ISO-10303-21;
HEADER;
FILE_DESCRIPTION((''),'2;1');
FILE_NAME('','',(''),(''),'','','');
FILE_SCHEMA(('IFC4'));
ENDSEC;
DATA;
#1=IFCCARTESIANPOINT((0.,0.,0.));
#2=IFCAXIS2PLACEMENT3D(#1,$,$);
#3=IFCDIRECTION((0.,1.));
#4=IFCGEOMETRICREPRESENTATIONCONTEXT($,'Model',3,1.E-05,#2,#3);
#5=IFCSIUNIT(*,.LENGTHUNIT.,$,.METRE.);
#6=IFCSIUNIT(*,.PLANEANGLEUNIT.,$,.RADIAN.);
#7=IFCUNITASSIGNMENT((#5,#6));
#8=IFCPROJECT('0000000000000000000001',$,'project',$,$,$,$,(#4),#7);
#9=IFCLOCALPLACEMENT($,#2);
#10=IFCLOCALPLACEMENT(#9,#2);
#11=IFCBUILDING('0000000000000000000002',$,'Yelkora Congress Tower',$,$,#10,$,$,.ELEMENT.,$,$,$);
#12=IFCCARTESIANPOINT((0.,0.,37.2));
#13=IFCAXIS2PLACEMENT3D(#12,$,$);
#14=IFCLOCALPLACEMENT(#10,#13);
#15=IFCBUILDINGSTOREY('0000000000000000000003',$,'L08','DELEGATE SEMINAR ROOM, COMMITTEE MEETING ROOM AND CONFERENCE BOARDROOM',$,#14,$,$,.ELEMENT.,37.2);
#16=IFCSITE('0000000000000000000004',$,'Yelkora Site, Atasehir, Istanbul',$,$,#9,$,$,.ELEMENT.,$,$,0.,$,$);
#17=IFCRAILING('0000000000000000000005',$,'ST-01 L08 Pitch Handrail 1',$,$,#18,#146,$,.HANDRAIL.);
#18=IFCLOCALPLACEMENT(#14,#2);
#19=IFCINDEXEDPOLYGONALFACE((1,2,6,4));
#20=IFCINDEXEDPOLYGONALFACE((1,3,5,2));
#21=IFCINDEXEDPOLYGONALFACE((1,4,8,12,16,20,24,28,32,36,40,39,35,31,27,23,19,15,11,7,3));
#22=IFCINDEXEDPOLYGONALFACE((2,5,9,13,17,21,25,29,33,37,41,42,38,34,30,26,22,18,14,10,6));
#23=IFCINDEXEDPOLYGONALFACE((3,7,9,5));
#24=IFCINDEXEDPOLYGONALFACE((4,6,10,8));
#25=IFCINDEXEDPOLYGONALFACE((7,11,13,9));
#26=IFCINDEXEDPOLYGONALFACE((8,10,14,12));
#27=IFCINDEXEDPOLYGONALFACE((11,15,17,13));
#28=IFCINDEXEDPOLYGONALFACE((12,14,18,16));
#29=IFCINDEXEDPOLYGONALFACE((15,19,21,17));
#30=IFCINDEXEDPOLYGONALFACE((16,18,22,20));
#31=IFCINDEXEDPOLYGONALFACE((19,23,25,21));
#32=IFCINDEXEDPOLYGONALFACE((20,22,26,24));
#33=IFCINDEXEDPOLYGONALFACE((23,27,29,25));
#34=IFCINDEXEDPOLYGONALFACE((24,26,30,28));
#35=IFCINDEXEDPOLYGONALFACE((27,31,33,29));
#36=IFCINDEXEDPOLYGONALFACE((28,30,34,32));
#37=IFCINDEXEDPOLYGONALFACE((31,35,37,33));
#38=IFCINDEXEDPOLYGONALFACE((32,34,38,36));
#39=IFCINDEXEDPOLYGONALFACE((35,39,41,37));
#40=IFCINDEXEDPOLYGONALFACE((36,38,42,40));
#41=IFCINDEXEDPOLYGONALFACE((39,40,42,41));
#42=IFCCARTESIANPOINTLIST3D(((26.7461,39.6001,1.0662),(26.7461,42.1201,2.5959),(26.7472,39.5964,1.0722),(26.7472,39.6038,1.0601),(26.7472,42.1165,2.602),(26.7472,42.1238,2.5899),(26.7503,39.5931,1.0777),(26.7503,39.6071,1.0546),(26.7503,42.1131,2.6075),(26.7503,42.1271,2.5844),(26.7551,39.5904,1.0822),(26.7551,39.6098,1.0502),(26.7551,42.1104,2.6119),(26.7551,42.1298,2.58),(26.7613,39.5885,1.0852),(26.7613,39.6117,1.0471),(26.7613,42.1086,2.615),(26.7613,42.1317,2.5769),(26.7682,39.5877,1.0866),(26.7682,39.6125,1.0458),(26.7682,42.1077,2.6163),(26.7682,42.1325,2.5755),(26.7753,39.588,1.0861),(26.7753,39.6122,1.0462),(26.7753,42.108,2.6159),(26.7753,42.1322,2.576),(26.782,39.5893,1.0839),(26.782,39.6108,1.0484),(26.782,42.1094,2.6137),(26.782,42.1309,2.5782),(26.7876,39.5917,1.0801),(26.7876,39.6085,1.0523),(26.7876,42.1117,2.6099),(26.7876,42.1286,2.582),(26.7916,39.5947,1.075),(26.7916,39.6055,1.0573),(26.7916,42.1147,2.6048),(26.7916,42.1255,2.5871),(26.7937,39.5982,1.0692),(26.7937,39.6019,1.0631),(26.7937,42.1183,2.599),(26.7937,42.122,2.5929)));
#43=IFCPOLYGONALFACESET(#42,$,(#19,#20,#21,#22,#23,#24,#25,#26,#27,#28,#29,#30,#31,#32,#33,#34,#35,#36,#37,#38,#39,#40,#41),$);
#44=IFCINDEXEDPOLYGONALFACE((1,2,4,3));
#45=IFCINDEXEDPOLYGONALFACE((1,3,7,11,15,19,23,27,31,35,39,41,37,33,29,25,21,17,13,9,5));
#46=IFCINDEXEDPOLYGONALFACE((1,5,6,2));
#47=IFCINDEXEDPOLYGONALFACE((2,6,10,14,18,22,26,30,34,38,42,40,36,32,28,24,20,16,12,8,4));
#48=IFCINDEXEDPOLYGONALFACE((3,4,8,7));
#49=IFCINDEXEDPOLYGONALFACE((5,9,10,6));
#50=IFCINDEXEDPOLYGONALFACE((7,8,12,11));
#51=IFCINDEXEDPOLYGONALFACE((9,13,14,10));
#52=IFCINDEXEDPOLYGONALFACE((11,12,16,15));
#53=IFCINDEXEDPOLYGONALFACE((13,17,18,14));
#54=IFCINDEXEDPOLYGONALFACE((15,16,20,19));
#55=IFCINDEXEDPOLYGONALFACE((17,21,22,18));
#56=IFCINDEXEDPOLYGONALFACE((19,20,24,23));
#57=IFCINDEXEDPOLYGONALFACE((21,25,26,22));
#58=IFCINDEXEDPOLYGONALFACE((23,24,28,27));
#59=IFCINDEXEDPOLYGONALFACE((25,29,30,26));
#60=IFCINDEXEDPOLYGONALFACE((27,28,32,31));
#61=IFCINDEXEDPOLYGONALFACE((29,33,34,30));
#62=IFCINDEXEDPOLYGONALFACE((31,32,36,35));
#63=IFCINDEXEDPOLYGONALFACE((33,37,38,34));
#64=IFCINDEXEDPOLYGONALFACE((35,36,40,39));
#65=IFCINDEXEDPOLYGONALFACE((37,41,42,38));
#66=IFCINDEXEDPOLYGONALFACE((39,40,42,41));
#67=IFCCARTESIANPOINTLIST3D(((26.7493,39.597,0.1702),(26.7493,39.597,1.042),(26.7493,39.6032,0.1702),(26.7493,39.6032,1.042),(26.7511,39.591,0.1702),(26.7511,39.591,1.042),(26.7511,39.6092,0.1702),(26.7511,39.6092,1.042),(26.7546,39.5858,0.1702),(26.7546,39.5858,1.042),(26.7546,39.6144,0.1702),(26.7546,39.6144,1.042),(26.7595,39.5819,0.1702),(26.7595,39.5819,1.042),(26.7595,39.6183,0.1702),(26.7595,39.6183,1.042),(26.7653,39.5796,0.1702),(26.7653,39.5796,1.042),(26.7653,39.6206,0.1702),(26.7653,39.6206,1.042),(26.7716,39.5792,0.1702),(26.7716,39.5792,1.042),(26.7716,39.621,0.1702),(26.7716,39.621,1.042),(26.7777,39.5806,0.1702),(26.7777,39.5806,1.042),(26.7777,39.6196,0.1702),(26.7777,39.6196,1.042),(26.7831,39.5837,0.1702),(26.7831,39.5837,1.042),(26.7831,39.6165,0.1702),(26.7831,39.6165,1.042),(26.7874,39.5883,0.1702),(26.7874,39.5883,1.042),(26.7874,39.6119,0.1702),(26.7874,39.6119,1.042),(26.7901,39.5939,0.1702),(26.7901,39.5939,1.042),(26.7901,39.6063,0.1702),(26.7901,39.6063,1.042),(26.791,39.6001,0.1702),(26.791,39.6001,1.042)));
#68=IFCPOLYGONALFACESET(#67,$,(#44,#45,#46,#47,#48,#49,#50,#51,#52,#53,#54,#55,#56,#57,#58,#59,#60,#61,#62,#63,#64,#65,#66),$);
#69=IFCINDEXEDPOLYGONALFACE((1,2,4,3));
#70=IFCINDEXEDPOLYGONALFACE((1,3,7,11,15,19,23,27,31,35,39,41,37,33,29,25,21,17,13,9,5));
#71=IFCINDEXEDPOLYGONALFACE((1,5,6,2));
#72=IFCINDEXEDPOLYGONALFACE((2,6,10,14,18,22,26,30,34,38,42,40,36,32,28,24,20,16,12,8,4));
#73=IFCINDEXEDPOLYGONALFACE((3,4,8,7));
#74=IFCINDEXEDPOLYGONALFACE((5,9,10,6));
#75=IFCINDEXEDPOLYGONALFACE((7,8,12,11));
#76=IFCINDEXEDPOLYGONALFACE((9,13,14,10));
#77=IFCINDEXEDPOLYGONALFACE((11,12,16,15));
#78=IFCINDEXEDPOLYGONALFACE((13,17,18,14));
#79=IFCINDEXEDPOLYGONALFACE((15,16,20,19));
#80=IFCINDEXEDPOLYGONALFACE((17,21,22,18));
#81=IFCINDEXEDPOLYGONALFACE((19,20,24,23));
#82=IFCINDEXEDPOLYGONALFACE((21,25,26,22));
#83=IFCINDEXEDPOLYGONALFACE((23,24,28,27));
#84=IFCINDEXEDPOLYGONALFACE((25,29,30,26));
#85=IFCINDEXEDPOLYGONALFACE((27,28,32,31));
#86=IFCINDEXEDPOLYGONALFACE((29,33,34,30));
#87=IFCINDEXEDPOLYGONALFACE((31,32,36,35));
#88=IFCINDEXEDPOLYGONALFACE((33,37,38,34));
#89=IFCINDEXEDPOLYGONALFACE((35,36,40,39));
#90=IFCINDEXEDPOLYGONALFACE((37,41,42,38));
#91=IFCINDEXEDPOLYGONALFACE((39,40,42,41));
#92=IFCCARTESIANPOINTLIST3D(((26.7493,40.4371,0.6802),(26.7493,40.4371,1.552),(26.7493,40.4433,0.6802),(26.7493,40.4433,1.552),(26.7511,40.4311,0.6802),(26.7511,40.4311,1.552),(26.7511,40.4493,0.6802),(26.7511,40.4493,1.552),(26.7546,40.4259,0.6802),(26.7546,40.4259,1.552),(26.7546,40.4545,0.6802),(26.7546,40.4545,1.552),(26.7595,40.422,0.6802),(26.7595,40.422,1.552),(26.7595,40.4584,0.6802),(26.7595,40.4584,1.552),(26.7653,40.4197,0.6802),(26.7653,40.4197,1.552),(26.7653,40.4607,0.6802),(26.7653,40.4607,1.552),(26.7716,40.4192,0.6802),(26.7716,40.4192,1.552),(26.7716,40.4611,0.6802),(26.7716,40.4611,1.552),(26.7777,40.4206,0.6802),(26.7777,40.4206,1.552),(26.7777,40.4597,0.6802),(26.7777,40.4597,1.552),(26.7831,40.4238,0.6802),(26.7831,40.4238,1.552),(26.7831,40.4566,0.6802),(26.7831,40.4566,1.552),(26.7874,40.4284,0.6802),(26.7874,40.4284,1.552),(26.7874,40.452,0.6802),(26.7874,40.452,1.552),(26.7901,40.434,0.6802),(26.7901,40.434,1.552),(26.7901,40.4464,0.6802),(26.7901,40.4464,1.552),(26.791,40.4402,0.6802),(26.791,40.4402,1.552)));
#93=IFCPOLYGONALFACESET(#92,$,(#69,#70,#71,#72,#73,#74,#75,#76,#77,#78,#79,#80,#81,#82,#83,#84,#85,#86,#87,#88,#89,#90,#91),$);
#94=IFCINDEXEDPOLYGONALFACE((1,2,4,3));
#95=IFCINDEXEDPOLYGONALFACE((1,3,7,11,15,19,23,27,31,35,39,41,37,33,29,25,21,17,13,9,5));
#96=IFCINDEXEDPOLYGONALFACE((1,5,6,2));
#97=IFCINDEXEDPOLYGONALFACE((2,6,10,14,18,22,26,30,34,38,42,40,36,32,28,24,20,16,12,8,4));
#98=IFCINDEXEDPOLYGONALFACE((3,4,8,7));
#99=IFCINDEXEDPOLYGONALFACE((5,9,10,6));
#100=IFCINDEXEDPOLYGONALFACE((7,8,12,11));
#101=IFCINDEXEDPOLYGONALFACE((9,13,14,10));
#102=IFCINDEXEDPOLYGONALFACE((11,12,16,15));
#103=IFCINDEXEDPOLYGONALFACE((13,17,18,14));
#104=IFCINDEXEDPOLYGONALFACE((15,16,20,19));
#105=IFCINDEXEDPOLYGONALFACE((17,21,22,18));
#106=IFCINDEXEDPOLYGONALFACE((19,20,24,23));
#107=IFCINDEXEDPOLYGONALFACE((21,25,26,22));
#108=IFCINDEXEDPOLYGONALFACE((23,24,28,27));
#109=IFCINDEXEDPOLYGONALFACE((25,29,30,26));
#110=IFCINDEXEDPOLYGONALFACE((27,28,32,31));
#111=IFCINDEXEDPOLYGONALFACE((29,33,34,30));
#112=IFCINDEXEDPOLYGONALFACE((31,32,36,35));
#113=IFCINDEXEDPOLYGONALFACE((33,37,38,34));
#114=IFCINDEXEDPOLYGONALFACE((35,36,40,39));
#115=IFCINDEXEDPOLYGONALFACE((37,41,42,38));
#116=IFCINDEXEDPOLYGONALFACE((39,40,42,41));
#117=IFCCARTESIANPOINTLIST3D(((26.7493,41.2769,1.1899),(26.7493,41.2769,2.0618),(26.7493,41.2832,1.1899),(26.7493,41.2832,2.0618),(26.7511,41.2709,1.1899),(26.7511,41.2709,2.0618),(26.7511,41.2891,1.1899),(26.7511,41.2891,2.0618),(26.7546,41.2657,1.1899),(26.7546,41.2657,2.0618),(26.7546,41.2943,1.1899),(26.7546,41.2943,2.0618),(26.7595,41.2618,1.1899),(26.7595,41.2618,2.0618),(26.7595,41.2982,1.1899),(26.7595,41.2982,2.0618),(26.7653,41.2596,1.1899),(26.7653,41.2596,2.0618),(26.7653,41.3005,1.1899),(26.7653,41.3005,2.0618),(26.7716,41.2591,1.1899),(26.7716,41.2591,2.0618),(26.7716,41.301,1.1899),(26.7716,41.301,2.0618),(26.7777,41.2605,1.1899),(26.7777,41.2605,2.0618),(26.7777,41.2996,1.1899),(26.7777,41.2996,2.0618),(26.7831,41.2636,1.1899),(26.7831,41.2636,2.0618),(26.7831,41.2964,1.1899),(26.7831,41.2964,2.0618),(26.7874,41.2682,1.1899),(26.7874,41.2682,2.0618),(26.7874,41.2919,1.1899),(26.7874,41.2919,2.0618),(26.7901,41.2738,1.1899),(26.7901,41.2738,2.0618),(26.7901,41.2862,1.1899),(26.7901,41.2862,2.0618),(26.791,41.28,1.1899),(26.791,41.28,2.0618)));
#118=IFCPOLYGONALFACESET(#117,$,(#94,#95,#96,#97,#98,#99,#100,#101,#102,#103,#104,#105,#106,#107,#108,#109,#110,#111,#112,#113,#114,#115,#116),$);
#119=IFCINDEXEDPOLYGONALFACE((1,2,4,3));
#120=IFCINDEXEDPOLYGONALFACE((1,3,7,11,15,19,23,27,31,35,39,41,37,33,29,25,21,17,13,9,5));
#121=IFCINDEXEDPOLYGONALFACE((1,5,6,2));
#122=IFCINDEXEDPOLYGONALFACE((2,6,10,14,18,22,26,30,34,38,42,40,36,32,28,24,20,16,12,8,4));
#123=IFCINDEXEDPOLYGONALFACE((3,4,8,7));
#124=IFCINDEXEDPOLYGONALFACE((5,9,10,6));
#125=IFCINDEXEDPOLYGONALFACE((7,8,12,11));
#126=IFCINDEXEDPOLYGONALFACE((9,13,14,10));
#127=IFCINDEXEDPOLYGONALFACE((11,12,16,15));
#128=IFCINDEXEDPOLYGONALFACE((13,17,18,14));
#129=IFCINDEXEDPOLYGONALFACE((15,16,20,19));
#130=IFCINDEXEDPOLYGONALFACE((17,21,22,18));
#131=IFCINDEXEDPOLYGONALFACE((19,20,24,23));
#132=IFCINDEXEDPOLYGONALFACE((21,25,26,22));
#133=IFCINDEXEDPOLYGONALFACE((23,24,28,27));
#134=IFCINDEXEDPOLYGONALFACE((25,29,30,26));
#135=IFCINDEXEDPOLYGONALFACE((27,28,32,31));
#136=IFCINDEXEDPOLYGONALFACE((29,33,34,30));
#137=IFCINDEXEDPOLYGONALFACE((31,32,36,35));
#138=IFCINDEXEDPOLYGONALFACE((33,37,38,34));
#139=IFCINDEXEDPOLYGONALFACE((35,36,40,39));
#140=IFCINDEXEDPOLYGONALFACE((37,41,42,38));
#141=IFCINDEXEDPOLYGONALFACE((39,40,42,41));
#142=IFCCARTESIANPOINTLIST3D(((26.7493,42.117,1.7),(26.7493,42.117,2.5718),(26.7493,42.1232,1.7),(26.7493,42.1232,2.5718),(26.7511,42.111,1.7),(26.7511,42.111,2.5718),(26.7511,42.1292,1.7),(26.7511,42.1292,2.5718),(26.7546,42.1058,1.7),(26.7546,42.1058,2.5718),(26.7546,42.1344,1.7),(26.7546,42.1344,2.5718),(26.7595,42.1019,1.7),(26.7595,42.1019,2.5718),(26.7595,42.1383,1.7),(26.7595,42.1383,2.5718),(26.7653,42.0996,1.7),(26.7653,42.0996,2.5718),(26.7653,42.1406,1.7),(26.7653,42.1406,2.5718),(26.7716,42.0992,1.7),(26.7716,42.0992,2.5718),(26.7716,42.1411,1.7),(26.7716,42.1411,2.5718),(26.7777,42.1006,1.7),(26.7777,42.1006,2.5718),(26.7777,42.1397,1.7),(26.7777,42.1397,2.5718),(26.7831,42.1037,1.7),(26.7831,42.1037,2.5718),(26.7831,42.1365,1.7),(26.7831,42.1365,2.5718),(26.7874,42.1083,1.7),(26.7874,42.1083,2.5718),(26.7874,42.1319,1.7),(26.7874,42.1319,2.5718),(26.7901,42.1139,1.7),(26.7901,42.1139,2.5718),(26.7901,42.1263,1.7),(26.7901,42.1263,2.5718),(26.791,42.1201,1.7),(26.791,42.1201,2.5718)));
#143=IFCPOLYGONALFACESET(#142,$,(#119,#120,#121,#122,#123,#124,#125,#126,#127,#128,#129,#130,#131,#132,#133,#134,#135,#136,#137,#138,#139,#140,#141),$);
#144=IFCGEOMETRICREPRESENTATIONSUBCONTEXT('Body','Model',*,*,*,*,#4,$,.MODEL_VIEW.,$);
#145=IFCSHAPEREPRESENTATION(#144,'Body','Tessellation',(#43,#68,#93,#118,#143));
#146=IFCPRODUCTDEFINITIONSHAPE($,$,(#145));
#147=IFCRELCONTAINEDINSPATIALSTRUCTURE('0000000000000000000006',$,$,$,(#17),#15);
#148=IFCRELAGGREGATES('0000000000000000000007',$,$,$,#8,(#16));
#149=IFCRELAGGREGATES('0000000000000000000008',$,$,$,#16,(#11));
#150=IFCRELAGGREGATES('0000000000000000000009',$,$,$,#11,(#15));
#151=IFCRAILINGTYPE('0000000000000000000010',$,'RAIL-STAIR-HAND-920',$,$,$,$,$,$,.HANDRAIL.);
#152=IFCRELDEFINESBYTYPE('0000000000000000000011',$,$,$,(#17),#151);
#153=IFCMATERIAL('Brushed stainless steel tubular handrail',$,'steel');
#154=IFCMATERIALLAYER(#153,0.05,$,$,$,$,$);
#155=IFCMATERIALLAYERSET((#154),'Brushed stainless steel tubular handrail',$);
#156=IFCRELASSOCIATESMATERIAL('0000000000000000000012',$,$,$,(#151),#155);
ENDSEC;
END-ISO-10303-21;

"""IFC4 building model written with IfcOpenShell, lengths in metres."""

from ifc_helpers import new_model, si_unit, direction, frame, origin, origin_2d, place, context, subcontext, project, spatial, circle, extrude, material, layer, layer_set, type_object, element, save


model = new_model("IFC4")

# Units and contexts
model_context = context("Model", 3, precision=1e-05, world=origin(), true_north=direction((0.0, 1.0)))
body_context = subcontext(model_context, "Body", "Model", "MODEL_VIEW")
ifc_project = project(units=[si_unit("LENGTHUNIT", "METRE"), si_unit("PLANEANGLEUNIT", "RADIAN")], contexts=[model_context])

# Site, building, storey
site_placement = place(None, origin())
site = spatial("IfcSite", under=ifc_project, at=site_placement, Name="Yelkora Site, Atasehir, Istanbul", CompositionType="ELEMENT", RefElevation=0.0)
building_placement = place(site_placement, origin())
building = spatial("IfcBuilding", under=site, at=building_placement, Name="Yelkora Congress Tower", CompositionType="ELEMENT")
storey_placement = place(building_placement, frame((0.0, 0.0, 37.2)))
storey = spatial("IfcBuildingStorey", under=building, at=storey_placement, Name="L08", Description="DELEGATE SEMINAR ROOM, COMMITTEE MEETING ROOM AND CONFERENCE BOARDROOM", CompositionType="ELEMENT", Elevation=37.2)

# Railing
ifc_material_1 = material(Name="Brushed stainless steel tubular handrail", Category="steel")
ifc_layer_1 = layer(ifc_material_1, 0.05)
ifc_layer_set_1 = layer_set([ifc_layer_1], Name="Brushed stainless steel tubular handrail")
railing_type_1 = type_object("IfcRailingType", Name="RAIL-STAIR-HAND-920", PredefinedType="HANDRAIL", material=ifc_layer_set_1)
railing_1_placement = place(storey_placement, frame((26.77, 39.6001, 0.1702)))
element("IfcRailing", 1, at=railing_1_placement, inside=storey, type_object=railing_type_1, Name="ST-01 L08 Pitch Handrail 1", PredefinedType="HANDRAIL", context=body_context, shape_type="SweptSolid", body=[
    extrude(circle(Radius=0.0239, at=origin_2d()), frame((0.0, 0.0, 0.896), z_axis=(0.0, 0.854822, 0.518922), x_axis=(-1.0, 0.0, 0.0)), (0.0, 0.0, 1.0), 2.948),
    extrude(circle(Radius=0.021, at=origin_2d()), origin(), (0.0, 0.0, 1.0), 0.8718),
    extrude(circle(Radius=0.021, at=origin_2d()), frame((0.0, 0.8401, 0.51)), (0.0, 0.0, 1.0), 0.8718),
    extrude(circle(Radius=0.021, at=origin_2d()), frame((0.0, 1.6799, 1.0198)), (0.0, 0.0, 1.0), 0.8718),
    extrude(circle(Radius=0.021, at=origin_2d()), frame((0.0, 2.52, 1.5298)), (0.0, 0.0, 1.0), 0.8718),
])

save(model, "model.ifc")
